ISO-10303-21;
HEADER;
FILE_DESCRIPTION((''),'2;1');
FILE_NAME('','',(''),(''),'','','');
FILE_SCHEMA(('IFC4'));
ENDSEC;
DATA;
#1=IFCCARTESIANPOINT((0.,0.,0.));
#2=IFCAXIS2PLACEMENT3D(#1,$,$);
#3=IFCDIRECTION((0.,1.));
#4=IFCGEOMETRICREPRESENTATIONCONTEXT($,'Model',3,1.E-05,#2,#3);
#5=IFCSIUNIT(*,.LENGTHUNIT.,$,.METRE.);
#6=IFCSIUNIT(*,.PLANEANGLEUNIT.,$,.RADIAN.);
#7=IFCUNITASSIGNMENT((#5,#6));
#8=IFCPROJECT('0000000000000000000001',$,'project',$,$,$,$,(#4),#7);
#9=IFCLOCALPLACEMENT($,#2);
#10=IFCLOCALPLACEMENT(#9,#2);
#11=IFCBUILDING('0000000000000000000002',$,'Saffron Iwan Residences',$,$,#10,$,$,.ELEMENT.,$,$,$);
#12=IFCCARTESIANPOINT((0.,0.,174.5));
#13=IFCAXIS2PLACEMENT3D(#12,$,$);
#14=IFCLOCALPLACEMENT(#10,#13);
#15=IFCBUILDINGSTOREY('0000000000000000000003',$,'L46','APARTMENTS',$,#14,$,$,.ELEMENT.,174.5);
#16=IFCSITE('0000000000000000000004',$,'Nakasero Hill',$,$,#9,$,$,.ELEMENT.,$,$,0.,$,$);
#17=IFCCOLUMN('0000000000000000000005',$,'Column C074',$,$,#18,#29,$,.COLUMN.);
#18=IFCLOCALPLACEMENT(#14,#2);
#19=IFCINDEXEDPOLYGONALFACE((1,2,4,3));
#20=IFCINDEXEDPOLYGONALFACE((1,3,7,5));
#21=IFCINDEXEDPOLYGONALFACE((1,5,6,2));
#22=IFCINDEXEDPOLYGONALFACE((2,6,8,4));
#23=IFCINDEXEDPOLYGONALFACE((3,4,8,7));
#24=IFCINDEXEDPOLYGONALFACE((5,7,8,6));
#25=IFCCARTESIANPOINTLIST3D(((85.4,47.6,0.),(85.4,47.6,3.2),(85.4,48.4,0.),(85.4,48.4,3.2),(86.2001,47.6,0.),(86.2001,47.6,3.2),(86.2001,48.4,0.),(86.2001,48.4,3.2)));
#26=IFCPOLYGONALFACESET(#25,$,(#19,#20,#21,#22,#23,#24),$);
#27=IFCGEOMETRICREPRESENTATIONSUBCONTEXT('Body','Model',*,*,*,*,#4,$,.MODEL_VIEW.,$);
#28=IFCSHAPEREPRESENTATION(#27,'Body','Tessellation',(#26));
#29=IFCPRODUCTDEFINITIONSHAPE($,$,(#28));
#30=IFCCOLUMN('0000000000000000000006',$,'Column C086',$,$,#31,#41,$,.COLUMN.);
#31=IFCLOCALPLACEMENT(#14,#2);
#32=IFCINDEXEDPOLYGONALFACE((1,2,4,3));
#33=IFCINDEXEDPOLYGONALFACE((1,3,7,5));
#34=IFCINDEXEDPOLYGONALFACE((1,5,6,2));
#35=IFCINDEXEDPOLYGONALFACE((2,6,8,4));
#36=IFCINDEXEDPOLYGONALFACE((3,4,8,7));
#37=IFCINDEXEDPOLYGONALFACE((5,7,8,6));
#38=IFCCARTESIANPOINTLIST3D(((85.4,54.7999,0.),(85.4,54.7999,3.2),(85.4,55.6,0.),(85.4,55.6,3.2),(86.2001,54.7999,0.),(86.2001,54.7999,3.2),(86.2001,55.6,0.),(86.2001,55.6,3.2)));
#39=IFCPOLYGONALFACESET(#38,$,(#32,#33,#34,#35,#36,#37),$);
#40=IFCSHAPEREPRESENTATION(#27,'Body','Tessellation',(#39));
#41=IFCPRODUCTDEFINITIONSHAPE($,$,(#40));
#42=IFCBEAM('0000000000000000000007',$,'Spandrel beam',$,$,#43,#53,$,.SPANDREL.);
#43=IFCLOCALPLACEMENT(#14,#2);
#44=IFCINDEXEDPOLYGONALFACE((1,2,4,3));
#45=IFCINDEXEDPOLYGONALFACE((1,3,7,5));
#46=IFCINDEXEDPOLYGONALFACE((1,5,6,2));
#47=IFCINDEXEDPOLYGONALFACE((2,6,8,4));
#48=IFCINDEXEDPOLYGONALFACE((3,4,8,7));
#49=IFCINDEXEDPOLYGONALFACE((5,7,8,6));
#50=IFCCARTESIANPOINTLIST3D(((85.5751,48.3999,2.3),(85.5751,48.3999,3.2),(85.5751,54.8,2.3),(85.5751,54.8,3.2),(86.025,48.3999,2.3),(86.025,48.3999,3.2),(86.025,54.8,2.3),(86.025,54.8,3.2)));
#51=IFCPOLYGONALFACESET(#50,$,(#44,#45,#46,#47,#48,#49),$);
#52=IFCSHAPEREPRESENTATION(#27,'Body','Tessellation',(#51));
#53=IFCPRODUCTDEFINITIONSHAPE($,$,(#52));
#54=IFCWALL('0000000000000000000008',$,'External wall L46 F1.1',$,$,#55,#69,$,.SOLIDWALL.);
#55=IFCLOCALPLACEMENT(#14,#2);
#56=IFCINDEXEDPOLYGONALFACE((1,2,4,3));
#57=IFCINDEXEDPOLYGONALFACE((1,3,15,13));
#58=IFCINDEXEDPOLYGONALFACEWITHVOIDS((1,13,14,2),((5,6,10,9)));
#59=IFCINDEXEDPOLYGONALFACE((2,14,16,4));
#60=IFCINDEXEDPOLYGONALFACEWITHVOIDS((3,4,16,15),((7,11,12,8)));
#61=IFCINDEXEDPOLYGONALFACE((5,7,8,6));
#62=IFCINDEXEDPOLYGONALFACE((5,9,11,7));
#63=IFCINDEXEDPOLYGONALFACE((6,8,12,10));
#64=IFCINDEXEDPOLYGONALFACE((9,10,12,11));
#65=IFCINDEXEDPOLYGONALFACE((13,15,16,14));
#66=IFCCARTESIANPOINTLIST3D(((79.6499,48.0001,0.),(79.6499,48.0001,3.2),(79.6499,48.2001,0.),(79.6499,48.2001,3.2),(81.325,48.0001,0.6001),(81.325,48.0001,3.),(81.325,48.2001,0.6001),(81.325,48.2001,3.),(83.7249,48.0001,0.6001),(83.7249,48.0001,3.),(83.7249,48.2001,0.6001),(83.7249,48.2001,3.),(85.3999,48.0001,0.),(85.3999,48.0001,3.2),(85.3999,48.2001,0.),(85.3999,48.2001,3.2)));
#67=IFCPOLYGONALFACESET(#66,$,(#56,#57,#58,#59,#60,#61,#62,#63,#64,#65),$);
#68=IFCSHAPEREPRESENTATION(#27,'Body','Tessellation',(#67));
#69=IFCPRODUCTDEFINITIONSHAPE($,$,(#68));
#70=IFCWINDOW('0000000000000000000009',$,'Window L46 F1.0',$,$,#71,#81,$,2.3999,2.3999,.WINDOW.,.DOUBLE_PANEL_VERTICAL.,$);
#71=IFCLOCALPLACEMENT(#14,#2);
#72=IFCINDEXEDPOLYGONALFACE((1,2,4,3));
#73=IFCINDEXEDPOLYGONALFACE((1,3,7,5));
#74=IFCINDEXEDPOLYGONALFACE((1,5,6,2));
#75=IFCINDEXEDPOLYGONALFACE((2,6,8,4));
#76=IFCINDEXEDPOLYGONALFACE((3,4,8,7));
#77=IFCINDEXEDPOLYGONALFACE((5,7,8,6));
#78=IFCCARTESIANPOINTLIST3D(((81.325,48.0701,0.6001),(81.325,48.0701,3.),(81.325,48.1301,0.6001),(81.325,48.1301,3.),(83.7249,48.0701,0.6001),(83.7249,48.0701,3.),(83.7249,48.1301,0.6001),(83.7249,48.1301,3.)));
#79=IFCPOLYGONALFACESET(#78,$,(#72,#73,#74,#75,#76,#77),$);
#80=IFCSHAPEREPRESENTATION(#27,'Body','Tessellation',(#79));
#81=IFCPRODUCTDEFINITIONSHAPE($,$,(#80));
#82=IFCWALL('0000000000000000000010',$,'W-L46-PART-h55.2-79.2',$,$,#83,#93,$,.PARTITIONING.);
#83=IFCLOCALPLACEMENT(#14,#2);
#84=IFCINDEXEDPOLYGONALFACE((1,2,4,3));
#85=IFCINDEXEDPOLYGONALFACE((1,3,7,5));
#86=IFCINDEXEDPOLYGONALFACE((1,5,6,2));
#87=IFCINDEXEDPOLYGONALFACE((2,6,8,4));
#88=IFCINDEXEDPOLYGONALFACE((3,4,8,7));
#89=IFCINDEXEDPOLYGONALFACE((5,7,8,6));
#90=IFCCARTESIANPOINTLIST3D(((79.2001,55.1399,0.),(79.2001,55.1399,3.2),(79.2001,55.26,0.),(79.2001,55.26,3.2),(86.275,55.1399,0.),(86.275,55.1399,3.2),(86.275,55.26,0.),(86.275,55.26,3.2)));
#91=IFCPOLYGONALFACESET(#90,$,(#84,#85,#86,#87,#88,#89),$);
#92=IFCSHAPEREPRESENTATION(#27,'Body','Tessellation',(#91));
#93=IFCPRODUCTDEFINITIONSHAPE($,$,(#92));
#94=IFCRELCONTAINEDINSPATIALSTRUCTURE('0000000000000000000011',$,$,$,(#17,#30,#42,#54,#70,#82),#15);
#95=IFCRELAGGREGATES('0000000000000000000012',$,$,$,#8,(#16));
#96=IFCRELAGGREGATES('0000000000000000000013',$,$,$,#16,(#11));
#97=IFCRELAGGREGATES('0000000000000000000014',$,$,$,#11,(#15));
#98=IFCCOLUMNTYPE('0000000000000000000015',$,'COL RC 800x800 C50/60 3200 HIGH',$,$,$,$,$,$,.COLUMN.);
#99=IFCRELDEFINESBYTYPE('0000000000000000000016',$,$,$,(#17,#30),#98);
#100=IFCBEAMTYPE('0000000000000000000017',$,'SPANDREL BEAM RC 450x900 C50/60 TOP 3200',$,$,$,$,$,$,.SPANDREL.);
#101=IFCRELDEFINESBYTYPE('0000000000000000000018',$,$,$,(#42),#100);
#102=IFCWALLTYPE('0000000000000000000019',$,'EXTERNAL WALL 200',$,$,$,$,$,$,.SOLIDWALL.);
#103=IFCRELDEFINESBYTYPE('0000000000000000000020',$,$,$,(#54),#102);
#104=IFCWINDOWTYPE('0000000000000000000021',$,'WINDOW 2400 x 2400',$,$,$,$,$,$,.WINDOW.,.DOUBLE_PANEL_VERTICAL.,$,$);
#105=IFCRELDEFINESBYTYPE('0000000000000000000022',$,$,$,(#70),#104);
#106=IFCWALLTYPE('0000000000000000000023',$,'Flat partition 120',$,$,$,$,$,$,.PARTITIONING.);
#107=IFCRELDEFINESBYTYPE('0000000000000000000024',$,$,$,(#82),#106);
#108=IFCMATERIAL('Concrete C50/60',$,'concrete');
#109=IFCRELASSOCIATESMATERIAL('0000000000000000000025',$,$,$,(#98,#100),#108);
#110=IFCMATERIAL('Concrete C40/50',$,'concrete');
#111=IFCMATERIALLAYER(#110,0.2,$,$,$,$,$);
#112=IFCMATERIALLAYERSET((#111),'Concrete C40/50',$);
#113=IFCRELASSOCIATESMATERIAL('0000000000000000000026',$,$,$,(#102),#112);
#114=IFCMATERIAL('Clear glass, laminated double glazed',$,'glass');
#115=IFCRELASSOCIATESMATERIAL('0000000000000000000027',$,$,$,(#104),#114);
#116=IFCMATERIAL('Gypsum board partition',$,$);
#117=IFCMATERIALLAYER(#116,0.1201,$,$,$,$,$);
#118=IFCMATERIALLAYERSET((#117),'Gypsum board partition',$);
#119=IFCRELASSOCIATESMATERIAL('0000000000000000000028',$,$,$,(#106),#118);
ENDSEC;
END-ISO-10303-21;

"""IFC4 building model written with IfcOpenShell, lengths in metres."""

from ifc_helpers import new_model, si_unit, direction, frame, frame_2d, origin, origin_2d, place, context, subcontext, project, spatial, rectangle, extrude, source, transform, mapped, material, layer, layer_set, material_profile, profile_set, type_object, element, fill, save


model = new_model("IFC4")

# Units and contexts
model_context = context("Model", 3, precision=1e-05, world=origin(), true_north=direction((0.0, 1.0)))
body_context = subcontext(model_context, "Body", "Model", "MODEL_VIEW")
ifc_project = project(units=[si_unit("LENGTHUNIT", "METRE"), si_unit("PLANEANGLEUNIT", "RADIAN")], contexts=[model_context])

# Site, building, storey
site_placement = place(None, origin())
site = spatial("IfcSite", under=ifc_project, at=site_placement, Name="Nakasero Hill", CompositionType="ELEMENT", RefElevation=0.0)
building_placement = place(site_placement, origin())
building = spatial("IfcBuilding", under=site, at=building_placement, Name="Saffron Iwan Residences", CompositionType="ELEMENT")
storey_placement = place(building_placement, frame((0.0, 0.0, 174.5)))
storey = spatial("IfcBuildingStorey", under=building, at=storey_placement, Name="L46", Description="APARTMENTS", CompositionType="ELEMENT", Elevation=174.5)

# Columns
ifc_material_1 = material(Name="Concrete C50/60", Category="concrete")
ifc_material_profile_1 = material_profile(ifc_material_1, rectangle(XDim=0.8, YDim=0.8, at=origin_2d()), Name="RC 800x800")
ifc_profile_set_1 = profile_set([ifc_material_profile_1], Name="Concrete C50/60")
column_type = type_object("IfcColumnType", Name="COL RC 800x800 C50/60 3200 HIGH", PredefinedType="COLUMN", material=ifc_profile_set_1)
shared_shape_1 = source(origin(), body_context, "Body", "SweptSolid", [
    extrude(rectangle(XDim=0.8, YDim=0.8, at=origin_2d()), origin(), (0.0, 0.0, 1.0), 3.2),
])
for number, where, z_axis, x_axis, name in (
    (1, (85.8, 48.0, 0.0), (0.0, 0.0, 1.0), (1.0, 0.0, 0.0), "Column C074"),
    (2, (85.8, 55.2, 0.0), (0.0, 0.0, 1.0), (1.0, 0.0, 0.0), "Column C086"),
):
    element("IfcColumn", number, at=place(storey_placement, frame(where, z_axis=z_axis, x_axis=x_axis)), inside=storey, type_object=column_type, Name=name, PredefinedType="COLUMN", context=body_context, shape_type="MappedRepresentation", body=[
        mapped(shared_shape_1, transform((0.0, 0.0, 0.0))),
    ])

# Beam
ifc_material_profile_2 = material_profile(ifc_material_1, rectangle(XDim=0.45, YDim=0.8999, at=origin_2d()), Name="RC 450x900")
ifc_profile_set_2 = profile_set([ifc_material_profile_2], Name="Concrete C50/60")
beam_type = type_object("IfcBeamType", Name="SPANDREL BEAM RC 450x900 C50/60 TOP 3200", PredefinedType="SPANDREL", material=ifc_profile_set_2)
shared_shape_2 = source(origin(), body_context, "Body", "SweptSolid", [
    extrude(rectangle(XDim=0.45, YDim=0.8999, at=origin_2d()), origin(), (0.0, 0.0, 1.0), 6.4001),
])
beam_placement = place(storey_placement, frame((85.8, 54.8, 2.75), z_axis=(0.0, -1.0, 0.0), x_axis=(1.0, 0.0, 0.0)))
element("IfcBeam", 3, at=beam_placement, inside=storey, type_object=beam_type, Name="Spandrel beam", PredefinedType="SPANDREL", context=body_context, shape_type="MappedRepresentation", body=[
    mapped(shared_shape_2, transform((0.0, 0.0, 0.0))),
])

# Wall, opening, window
ifc_material_2 = material(Name="Concrete C40/50", Category="concrete")
ifc_layer_1 = layer(ifc_material_2, 0.2)
ifc_layer_set_1 = layer_set([ifc_layer_1], Name="Concrete C40/50")
wall_type_1 = type_object("IfcWallType", Name="EXTERNAL WALL 200", PredefinedType="SOLIDWALL", material=ifc_layer_set_1)
wall_1_placement = place(storey_placement, frame((79.6499, 48.1001, 0.0), z_axis=(0.0, 0.0, 1.0), x_axis=(1.0, 0.0, 0.0)))
wall_1 = element("IfcWall", 4, at=wall_1_placement, inside=storey, type_object=wall_type_1, Name="External wall L46 F1.1", PredefinedType="SOLIDWALL", context=body_context, shape_type="SweptSolid", body=[
    extrude(rectangle(XDim=5.75, YDim=0.2, at=frame_2d((2.875, 0.0))), origin(), (0.0, 0.0, 1.0), 3.2),
])
opening_1_placement = place(wall_1_placement, frame((1.675, 0.0, 0.6001)))
opening_1 = element("IfcOpeningElement", 5, at=opening_1_placement, cuts=wall_1, PredefinedType="OPENING", context=body_context, shape_type="SweptSolid", body=[
    extrude(rectangle(XDim=2.3999, YDim=2.3999, at=frame_2d((1.2, 1.2))), frame((0.0, 0.1099, 0.0), z_axis=(0.0, -1.0, 0.0), x_axis=(1.0, 0.0, 0.0)), (0.0, 0.0, 1.0), 0.22),
])
ifc_material_3 = material(Name="Clear glass, laminated double glazed", Category="glass")
window_type_1 = type_object("IfcWindowType", Name="WINDOW 2400 x 2400", PartitioningType="DOUBLE_PANEL_VERTICAL", PredefinedType="WINDOW", material=ifc_material_3)
window_1_placement = place(opening_1_placement, origin())
window_1 = element("IfcWindow", 6, at=window_1_placement, inside=storey, type_object=window_type_1, Name="Window L46 F1.0", OverallHeight=2.3999, OverallWidth=2.3999, PartitioningType="DOUBLE_PANEL_VERTICAL", PredefinedType="WINDOW", context=body_context, shape_type="SweptSolid", body=[
    extrude(rectangle(XDim=2.3999, YDim=2.3999, at=frame_2d((1.2, 1.2))), frame((0.0, 0.03, 0.0), z_axis=(0.0, -1.0, 0.0), x_axis=(1.0, 0.0, 0.0)), (0.0, 0.0, 1.0), 0.0601),
])
fill(opening_1, window_1)

# Wall
ifc_material_4 = material(Name="Gypsum board partition")
ifc_layer_2 = layer(ifc_material_4, 0.1201)
ifc_layer_set_2 = layer_set([ifc_layer_2], Name="Gypsum board partition")
wall_type_2 = type_object("IfcWallType", Name="Flat partition 120", PredefinedType="PARTITIONING", material=ifc_layer_set_2)
wall_2_placement = place(storey_placement, frame((79.2, 55.2, 0.0), z_axis=(0.0, 0.0, 1.0), x_axis=(1.0, 0.0, 0.0)))
element("IfcWall", 7, at=wall_2_placement, inside=storey, type_object=wall_type_2, Name="W-L46-PART-h55.2-79.2", PredefinedType="PARTITIONING", context=body_context, shape_type="SweptSolid", body=[
    extrude(rectangle(XDim=7.075, YDim=0.1201, at=frame_2d((3.5376, 0.0))), origin(), (0.0, 0.0, 1.0), 3.2),
])

save(model, "model.ifc")
